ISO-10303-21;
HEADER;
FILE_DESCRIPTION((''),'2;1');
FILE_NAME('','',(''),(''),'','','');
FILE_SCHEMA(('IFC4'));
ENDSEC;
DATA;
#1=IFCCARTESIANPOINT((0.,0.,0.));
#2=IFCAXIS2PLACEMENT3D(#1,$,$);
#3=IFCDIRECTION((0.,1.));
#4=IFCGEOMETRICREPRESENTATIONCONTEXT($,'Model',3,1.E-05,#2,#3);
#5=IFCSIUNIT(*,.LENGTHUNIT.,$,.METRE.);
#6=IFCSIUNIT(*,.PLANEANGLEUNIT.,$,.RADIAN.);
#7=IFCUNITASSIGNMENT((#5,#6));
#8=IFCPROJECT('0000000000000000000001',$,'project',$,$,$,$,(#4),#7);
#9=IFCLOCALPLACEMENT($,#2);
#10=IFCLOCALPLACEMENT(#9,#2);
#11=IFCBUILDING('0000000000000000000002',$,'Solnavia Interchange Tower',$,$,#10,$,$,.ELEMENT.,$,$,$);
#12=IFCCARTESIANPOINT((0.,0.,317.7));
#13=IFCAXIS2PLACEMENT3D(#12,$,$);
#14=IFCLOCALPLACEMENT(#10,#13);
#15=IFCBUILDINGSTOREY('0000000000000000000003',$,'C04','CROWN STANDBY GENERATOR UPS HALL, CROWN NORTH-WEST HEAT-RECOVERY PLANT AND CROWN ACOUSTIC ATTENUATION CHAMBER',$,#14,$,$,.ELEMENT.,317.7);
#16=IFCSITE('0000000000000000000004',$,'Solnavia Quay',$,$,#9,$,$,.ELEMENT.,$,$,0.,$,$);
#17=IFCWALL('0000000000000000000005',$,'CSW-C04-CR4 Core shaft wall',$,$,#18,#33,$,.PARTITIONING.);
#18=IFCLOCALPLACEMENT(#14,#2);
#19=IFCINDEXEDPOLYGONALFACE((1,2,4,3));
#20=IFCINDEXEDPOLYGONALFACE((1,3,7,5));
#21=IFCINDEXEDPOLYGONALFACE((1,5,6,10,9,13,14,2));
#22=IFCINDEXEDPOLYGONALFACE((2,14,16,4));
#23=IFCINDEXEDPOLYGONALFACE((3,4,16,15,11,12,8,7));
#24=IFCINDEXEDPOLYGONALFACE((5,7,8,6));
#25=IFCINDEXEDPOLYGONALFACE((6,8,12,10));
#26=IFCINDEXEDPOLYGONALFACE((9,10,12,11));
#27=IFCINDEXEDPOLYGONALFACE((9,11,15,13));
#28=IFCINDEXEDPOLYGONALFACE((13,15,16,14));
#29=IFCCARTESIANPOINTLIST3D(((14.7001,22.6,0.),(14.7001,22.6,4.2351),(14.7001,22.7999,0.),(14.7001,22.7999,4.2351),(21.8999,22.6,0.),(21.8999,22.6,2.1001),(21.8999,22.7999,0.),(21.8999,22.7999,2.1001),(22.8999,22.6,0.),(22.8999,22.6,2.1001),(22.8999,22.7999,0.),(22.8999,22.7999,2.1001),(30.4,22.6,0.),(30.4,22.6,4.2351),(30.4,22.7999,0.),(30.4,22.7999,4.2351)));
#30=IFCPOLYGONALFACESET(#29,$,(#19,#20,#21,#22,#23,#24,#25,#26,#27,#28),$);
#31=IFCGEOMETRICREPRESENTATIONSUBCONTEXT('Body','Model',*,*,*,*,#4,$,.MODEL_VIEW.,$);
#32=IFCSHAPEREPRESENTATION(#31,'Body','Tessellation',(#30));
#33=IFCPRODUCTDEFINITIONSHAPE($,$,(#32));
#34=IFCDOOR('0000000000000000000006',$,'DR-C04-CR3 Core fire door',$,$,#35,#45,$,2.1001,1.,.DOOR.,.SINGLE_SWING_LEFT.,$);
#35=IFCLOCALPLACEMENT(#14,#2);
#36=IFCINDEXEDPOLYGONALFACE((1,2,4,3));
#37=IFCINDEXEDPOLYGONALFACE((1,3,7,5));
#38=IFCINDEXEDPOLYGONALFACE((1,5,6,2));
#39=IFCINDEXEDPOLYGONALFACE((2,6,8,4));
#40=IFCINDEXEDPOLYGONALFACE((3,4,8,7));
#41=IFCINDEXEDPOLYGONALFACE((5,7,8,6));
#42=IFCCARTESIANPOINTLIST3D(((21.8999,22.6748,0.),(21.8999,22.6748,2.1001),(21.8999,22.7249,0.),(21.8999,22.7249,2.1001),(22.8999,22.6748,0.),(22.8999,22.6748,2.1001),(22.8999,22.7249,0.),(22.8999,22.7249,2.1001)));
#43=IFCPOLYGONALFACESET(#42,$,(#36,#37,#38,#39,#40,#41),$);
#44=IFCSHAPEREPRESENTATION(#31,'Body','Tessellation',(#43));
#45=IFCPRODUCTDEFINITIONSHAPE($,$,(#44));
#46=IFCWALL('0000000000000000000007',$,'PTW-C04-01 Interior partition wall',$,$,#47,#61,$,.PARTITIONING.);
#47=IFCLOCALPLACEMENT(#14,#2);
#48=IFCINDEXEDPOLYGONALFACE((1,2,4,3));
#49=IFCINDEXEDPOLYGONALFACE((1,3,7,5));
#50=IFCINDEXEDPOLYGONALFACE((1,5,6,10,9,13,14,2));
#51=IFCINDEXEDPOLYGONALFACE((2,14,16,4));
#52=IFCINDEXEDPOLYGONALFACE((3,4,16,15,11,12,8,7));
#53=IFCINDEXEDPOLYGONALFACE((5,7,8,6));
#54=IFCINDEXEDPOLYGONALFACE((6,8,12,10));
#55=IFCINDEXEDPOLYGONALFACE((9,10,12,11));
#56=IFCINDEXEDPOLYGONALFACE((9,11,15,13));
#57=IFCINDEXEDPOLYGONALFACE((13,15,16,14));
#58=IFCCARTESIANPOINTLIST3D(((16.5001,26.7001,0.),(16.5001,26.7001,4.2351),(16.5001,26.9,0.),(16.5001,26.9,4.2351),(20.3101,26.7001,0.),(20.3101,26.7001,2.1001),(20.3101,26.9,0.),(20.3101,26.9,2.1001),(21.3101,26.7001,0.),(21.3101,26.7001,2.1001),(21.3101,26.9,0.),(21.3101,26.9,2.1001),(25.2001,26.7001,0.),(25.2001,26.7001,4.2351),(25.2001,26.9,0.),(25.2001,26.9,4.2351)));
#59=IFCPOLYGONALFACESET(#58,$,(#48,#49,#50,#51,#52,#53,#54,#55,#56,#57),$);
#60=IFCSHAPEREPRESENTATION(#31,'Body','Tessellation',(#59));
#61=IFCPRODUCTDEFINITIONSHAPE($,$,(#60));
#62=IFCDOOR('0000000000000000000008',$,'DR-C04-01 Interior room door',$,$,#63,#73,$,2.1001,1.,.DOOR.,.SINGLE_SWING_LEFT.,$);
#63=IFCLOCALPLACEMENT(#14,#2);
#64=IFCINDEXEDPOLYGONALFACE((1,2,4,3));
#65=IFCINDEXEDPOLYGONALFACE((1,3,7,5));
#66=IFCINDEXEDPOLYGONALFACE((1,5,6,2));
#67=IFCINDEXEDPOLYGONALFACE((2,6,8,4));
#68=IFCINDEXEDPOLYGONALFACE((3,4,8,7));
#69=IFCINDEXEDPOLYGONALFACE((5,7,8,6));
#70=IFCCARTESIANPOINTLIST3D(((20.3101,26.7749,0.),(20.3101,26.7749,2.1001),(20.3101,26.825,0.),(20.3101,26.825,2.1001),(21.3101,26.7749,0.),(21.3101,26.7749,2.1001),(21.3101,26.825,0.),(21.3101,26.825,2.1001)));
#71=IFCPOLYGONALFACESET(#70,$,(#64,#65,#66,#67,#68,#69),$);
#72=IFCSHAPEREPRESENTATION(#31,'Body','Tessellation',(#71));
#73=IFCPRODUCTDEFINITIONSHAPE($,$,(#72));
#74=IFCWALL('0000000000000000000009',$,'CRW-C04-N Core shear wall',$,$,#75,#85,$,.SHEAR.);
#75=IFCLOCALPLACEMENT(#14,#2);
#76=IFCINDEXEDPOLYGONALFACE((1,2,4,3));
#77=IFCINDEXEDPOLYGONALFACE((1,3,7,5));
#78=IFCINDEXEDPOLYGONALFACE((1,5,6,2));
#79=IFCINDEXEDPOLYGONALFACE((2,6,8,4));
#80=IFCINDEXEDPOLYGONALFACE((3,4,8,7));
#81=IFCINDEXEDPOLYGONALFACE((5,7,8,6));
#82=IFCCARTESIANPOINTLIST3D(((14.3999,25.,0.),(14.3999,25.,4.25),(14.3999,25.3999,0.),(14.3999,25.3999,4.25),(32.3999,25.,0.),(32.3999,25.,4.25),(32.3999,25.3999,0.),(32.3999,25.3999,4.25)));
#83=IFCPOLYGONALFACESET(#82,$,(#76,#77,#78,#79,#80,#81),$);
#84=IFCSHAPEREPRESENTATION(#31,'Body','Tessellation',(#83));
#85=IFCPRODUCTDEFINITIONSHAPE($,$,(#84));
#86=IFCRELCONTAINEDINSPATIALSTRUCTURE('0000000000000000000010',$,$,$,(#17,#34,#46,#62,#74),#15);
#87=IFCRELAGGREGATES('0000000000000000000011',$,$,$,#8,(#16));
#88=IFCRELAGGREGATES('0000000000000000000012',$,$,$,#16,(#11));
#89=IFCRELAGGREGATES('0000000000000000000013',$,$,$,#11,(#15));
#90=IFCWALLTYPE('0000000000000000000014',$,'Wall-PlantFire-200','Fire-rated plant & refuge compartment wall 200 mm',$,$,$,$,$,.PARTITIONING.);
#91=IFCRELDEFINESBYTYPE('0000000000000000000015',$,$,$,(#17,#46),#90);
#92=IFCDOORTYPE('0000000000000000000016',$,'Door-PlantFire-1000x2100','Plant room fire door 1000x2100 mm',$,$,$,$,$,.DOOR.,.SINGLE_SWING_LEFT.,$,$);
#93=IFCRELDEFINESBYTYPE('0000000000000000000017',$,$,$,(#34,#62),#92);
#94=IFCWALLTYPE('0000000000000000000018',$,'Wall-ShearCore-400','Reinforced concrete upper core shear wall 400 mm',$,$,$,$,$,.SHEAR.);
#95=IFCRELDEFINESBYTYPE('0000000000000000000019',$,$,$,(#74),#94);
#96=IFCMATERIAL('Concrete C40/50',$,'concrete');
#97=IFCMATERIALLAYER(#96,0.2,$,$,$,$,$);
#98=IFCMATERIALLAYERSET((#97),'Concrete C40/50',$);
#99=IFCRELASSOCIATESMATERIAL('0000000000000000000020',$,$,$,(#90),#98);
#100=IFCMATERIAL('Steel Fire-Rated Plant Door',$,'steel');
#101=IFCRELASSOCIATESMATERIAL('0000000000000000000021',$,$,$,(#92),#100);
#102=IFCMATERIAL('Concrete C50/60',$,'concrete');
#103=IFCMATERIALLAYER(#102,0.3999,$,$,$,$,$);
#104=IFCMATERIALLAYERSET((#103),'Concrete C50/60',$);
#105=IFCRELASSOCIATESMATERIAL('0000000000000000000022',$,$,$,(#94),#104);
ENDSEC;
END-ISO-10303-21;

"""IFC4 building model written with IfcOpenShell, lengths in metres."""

from ifc_helpers import new_model, si_unit, direction, frame, frame_2d, origin, place, context, subcontext, project, spatial, rectangle, extrude, material, layer, layer_set, type_object, element, fill, save


model = new_model("IFC4")

# Units and contexts
model_context = context("Model", 3, precision=1e-05, world=origin(), true_north=direction((0.0, 1.0)))
body_context = subcontext(model_context, "Body", "Model", "MODEL_VIEW")
ifc_project = project(units=[si_unit("LENGTHUNIT", "METRE"), si_unit("PLANEANGLEUNIT", "RADIAN")], contexts=[model_context])

# Site, building, storey
site_placement = place(None, origin())
site = spatial("IfcSite", under=ifc_project, at=site_placement, Name="Solnavia Quay", CompositionType="ELEMENT", RefElevation=0.0)
building_placement = place(site_placement, origin())
building = spatial("IfcBuilding", under=site, at=building_placement, Name="Solnavia Interchange Tower", CompositionType="ELEMENT")
storey_placement = place(building_placement, frame((0.0, 0.0, 317.7)))
storey = spatial("IfcBuildingStorey", under=building, at=storey_placement, Name="C04", Description="CROWN STANDBY GENERATOR UPS HALL, CROWN NORTH-WEST HEAT-RECOVERY PLANT AND CROWN ACOUSTIC ATTENUATION CHAMBER", CompositionType="ELEMENT", Elevation=317.7)

# Shared definitions
ifc_material_1 = material(Name="Concrete C50/60", Category="concrete")

# Shared definitions
ifc_material_2 = material(Name="Concrete C40/50", Category="concrete")
ifc_layer_1 = layer(ifc_material_2, 0.2)
ifc_layer_set_1 = layer_set([ifc_layer_1], Name="Concrete C40/50")
wall_type_1 = type_object("IfcWallType", Name="Wall-PlantFire-200", Description="Fire-rated plant & refuge compartment wall 200 mm", PredefinedType="PARTITIONING", material=ifc_layer_set_1)
ifc_material_3 = material(Name="Steel Fire-Rated Plant Door", Category="steel")
door_type = type_object("IfcDoorType", Name="Door-PlantFire-1000x2100", Description="Plant room fire door 1000x2100 mm", OperationType="SINGLE_SWING_LEFT", PredefinedType="DOOR", material=ifc_material_3)

# Walls, openings, doors
wall_1_placement = place(storey_placement, frame((14.7, 22.7, 0.0), z_axis=(0.0, 0.0, 1.0), x_axis=(1.0, 0.0, 0.0)))
wall_1 = element("IfcWall", 1, at=wall_1_placement, inside=storey, type_object=wall_type_1, Name="CSW-C04-CR4 Core shaft wall", PredefinedType="PARTITIONING", context=body_context, shape_type="SweptSolid", body=[
    extrude(rectangle(XDim=15.7, YDim=0.2, at=frame_2d((7.8501, 0.0))), origin(), (0.0, 0.0, 1.0), 4.2351),
])
opening_1_placement = place(wall_1_placement, frame((7.2, 0.0, 0.0)))
opening_1 = element("IfcOpeningElement", 2, at=opening_1_placement, cuts=wall_1, PredefinedType="OPENING", context=body_context, shape_type="SweptSolid", body=[
    extrude(rectangle(XDim=1.0, YDim=2.1001, at=frame_2d((0.5, 1.05))), frame((0.0, 0.1099, 0.0), z_axis=(0.0, -1.0, 0.0), x_axis=(1.0, 0.0, 0.0)), (0.0, 0.0, 1.0), 0.22),
])
door_1_placement = place(opening_1_placement, origin())
door_1 = element("IfcDoor", 3, at=door_1_placement, inside=storey, type_object=door_type, Name="DR-C04-CR3 Core fire door", OperationType="SINGLE_SWING_LEFT", OverallHeight=2.1001, OverallWidth=1.0, PredefinedType="DOOR", context=body_context, shape_type="SweptSolid", body=[
    extrude(rectangle(XDim=1.0, YDim=2.1001, at=frame_2d((0.5, 1.05))), frame((0.0, 0.0249, 0.0), z_axis=(0.0, -1.0, 0.0), x_axis=(1.0, 0.0, 0.0)), (0.0, 0.0, 1.0), 0.05),
])
fill(opening_1, door_1)
wall_2_placement = place(storey_placement, frame((16.5, 26.8, 0.0), z_axis=(0.0, 0.0, 1.0), x_axis=(1.0, 0.0, 0.0)))
wall_2 = element("IfcWall", 4, at=wall_2_placement, inside=storey, type_object=wall_type_1, Name="PTW-C04-01 Interior partition wall", PredefinedType="PARTITIONING", context=body_context, shape_type="SweptSolid", body=[
    extrude(rectangle(XDim=8.7, YDim=0.2, at=frame_2d((4.3501, 0.0))), origin(), (0.0, 0.0, 1.0), 4.2351),
])
opening_2_placement = place(wall_2_placement, frame((3.8101, 0.0, 0.0)))
opening_2 = element("IfcOpeningElement", 5, at=opening_2_placement, cuts=wall_2, PredefinedType="OPENING", context=body_context, shape_type="SweptSolid", body=[
    extrude(rectangle(XDim=1.0, YDim=2.1001, at=frame_2d((0.5, 1.05))), frame((0.0, 0.1099, 0.0), z_axis=(0.0, -1.0, 0.0), x_axis=(1.0, 0.0, 0.0)), (0.0, 0.0, 1.0), 0.22),
])
door_2_placement = place(opening_2_placement, origin())
door_2 = element("IfcDoor", 6, at=door_2_placement, inside=storey, type_object=door_type, Name="DR-C04-01 Interior room door", OperationType="SINGLE_SWING_LEFT", OverallHeight=2.1001, OverallWidth=1.0, PredefinedType="DOOR", context=body_context, shape_type="SweptSolid", body=[
    extrude(rectangle(XDim=1.0, YDim=2.1001, at=frame_2d((0.5, 1.05))), frame((0.0, 0.0249, 0.0), z_axis=(0.0, -1.0, 0.0), x_axis=(1.0, 0.0, 0.0)), (0.0, 0.0, 1.0), 0.05),
])
fill(opening_2, door_2)

# Wall
ifc_layer_2 = layer(ifc_material_1, 0.3999)
ifc_layer_set_2 = layer_set([ifc_layer_2], Name="Concrete C50/60")
wall_type_2 = type_object("IfcWallType", Name="Wall-ShearCore-400", Description="Reinforced concrete upper core shear wall 400 mm", PredefinedType="SHEAR", material=ifc_layer_set_2)
wall_3_placement = place(storey_placement, frame((14.3999, 25.2, 0.0), z_axis=(0.0, 0.0, 1.0), x_axis=(1.0, 0.0, 0.0)))
element("IfcWall", 7, at=wall_3_placement, inside=storey, type_object=wall_type_2, Name="CRW-C04-N Core shear wall", PredefinedType="SHEAR", context=body_context, shape_type="SweptSolid", body=[
    extrude(rectangle(XDim=18.0, YDim=0.3999, at=frame_2d((9.0, 0.0))), origin(), (0.0, 0.0, 1.0), 4.25),
])

save(model, "model.ifc")
